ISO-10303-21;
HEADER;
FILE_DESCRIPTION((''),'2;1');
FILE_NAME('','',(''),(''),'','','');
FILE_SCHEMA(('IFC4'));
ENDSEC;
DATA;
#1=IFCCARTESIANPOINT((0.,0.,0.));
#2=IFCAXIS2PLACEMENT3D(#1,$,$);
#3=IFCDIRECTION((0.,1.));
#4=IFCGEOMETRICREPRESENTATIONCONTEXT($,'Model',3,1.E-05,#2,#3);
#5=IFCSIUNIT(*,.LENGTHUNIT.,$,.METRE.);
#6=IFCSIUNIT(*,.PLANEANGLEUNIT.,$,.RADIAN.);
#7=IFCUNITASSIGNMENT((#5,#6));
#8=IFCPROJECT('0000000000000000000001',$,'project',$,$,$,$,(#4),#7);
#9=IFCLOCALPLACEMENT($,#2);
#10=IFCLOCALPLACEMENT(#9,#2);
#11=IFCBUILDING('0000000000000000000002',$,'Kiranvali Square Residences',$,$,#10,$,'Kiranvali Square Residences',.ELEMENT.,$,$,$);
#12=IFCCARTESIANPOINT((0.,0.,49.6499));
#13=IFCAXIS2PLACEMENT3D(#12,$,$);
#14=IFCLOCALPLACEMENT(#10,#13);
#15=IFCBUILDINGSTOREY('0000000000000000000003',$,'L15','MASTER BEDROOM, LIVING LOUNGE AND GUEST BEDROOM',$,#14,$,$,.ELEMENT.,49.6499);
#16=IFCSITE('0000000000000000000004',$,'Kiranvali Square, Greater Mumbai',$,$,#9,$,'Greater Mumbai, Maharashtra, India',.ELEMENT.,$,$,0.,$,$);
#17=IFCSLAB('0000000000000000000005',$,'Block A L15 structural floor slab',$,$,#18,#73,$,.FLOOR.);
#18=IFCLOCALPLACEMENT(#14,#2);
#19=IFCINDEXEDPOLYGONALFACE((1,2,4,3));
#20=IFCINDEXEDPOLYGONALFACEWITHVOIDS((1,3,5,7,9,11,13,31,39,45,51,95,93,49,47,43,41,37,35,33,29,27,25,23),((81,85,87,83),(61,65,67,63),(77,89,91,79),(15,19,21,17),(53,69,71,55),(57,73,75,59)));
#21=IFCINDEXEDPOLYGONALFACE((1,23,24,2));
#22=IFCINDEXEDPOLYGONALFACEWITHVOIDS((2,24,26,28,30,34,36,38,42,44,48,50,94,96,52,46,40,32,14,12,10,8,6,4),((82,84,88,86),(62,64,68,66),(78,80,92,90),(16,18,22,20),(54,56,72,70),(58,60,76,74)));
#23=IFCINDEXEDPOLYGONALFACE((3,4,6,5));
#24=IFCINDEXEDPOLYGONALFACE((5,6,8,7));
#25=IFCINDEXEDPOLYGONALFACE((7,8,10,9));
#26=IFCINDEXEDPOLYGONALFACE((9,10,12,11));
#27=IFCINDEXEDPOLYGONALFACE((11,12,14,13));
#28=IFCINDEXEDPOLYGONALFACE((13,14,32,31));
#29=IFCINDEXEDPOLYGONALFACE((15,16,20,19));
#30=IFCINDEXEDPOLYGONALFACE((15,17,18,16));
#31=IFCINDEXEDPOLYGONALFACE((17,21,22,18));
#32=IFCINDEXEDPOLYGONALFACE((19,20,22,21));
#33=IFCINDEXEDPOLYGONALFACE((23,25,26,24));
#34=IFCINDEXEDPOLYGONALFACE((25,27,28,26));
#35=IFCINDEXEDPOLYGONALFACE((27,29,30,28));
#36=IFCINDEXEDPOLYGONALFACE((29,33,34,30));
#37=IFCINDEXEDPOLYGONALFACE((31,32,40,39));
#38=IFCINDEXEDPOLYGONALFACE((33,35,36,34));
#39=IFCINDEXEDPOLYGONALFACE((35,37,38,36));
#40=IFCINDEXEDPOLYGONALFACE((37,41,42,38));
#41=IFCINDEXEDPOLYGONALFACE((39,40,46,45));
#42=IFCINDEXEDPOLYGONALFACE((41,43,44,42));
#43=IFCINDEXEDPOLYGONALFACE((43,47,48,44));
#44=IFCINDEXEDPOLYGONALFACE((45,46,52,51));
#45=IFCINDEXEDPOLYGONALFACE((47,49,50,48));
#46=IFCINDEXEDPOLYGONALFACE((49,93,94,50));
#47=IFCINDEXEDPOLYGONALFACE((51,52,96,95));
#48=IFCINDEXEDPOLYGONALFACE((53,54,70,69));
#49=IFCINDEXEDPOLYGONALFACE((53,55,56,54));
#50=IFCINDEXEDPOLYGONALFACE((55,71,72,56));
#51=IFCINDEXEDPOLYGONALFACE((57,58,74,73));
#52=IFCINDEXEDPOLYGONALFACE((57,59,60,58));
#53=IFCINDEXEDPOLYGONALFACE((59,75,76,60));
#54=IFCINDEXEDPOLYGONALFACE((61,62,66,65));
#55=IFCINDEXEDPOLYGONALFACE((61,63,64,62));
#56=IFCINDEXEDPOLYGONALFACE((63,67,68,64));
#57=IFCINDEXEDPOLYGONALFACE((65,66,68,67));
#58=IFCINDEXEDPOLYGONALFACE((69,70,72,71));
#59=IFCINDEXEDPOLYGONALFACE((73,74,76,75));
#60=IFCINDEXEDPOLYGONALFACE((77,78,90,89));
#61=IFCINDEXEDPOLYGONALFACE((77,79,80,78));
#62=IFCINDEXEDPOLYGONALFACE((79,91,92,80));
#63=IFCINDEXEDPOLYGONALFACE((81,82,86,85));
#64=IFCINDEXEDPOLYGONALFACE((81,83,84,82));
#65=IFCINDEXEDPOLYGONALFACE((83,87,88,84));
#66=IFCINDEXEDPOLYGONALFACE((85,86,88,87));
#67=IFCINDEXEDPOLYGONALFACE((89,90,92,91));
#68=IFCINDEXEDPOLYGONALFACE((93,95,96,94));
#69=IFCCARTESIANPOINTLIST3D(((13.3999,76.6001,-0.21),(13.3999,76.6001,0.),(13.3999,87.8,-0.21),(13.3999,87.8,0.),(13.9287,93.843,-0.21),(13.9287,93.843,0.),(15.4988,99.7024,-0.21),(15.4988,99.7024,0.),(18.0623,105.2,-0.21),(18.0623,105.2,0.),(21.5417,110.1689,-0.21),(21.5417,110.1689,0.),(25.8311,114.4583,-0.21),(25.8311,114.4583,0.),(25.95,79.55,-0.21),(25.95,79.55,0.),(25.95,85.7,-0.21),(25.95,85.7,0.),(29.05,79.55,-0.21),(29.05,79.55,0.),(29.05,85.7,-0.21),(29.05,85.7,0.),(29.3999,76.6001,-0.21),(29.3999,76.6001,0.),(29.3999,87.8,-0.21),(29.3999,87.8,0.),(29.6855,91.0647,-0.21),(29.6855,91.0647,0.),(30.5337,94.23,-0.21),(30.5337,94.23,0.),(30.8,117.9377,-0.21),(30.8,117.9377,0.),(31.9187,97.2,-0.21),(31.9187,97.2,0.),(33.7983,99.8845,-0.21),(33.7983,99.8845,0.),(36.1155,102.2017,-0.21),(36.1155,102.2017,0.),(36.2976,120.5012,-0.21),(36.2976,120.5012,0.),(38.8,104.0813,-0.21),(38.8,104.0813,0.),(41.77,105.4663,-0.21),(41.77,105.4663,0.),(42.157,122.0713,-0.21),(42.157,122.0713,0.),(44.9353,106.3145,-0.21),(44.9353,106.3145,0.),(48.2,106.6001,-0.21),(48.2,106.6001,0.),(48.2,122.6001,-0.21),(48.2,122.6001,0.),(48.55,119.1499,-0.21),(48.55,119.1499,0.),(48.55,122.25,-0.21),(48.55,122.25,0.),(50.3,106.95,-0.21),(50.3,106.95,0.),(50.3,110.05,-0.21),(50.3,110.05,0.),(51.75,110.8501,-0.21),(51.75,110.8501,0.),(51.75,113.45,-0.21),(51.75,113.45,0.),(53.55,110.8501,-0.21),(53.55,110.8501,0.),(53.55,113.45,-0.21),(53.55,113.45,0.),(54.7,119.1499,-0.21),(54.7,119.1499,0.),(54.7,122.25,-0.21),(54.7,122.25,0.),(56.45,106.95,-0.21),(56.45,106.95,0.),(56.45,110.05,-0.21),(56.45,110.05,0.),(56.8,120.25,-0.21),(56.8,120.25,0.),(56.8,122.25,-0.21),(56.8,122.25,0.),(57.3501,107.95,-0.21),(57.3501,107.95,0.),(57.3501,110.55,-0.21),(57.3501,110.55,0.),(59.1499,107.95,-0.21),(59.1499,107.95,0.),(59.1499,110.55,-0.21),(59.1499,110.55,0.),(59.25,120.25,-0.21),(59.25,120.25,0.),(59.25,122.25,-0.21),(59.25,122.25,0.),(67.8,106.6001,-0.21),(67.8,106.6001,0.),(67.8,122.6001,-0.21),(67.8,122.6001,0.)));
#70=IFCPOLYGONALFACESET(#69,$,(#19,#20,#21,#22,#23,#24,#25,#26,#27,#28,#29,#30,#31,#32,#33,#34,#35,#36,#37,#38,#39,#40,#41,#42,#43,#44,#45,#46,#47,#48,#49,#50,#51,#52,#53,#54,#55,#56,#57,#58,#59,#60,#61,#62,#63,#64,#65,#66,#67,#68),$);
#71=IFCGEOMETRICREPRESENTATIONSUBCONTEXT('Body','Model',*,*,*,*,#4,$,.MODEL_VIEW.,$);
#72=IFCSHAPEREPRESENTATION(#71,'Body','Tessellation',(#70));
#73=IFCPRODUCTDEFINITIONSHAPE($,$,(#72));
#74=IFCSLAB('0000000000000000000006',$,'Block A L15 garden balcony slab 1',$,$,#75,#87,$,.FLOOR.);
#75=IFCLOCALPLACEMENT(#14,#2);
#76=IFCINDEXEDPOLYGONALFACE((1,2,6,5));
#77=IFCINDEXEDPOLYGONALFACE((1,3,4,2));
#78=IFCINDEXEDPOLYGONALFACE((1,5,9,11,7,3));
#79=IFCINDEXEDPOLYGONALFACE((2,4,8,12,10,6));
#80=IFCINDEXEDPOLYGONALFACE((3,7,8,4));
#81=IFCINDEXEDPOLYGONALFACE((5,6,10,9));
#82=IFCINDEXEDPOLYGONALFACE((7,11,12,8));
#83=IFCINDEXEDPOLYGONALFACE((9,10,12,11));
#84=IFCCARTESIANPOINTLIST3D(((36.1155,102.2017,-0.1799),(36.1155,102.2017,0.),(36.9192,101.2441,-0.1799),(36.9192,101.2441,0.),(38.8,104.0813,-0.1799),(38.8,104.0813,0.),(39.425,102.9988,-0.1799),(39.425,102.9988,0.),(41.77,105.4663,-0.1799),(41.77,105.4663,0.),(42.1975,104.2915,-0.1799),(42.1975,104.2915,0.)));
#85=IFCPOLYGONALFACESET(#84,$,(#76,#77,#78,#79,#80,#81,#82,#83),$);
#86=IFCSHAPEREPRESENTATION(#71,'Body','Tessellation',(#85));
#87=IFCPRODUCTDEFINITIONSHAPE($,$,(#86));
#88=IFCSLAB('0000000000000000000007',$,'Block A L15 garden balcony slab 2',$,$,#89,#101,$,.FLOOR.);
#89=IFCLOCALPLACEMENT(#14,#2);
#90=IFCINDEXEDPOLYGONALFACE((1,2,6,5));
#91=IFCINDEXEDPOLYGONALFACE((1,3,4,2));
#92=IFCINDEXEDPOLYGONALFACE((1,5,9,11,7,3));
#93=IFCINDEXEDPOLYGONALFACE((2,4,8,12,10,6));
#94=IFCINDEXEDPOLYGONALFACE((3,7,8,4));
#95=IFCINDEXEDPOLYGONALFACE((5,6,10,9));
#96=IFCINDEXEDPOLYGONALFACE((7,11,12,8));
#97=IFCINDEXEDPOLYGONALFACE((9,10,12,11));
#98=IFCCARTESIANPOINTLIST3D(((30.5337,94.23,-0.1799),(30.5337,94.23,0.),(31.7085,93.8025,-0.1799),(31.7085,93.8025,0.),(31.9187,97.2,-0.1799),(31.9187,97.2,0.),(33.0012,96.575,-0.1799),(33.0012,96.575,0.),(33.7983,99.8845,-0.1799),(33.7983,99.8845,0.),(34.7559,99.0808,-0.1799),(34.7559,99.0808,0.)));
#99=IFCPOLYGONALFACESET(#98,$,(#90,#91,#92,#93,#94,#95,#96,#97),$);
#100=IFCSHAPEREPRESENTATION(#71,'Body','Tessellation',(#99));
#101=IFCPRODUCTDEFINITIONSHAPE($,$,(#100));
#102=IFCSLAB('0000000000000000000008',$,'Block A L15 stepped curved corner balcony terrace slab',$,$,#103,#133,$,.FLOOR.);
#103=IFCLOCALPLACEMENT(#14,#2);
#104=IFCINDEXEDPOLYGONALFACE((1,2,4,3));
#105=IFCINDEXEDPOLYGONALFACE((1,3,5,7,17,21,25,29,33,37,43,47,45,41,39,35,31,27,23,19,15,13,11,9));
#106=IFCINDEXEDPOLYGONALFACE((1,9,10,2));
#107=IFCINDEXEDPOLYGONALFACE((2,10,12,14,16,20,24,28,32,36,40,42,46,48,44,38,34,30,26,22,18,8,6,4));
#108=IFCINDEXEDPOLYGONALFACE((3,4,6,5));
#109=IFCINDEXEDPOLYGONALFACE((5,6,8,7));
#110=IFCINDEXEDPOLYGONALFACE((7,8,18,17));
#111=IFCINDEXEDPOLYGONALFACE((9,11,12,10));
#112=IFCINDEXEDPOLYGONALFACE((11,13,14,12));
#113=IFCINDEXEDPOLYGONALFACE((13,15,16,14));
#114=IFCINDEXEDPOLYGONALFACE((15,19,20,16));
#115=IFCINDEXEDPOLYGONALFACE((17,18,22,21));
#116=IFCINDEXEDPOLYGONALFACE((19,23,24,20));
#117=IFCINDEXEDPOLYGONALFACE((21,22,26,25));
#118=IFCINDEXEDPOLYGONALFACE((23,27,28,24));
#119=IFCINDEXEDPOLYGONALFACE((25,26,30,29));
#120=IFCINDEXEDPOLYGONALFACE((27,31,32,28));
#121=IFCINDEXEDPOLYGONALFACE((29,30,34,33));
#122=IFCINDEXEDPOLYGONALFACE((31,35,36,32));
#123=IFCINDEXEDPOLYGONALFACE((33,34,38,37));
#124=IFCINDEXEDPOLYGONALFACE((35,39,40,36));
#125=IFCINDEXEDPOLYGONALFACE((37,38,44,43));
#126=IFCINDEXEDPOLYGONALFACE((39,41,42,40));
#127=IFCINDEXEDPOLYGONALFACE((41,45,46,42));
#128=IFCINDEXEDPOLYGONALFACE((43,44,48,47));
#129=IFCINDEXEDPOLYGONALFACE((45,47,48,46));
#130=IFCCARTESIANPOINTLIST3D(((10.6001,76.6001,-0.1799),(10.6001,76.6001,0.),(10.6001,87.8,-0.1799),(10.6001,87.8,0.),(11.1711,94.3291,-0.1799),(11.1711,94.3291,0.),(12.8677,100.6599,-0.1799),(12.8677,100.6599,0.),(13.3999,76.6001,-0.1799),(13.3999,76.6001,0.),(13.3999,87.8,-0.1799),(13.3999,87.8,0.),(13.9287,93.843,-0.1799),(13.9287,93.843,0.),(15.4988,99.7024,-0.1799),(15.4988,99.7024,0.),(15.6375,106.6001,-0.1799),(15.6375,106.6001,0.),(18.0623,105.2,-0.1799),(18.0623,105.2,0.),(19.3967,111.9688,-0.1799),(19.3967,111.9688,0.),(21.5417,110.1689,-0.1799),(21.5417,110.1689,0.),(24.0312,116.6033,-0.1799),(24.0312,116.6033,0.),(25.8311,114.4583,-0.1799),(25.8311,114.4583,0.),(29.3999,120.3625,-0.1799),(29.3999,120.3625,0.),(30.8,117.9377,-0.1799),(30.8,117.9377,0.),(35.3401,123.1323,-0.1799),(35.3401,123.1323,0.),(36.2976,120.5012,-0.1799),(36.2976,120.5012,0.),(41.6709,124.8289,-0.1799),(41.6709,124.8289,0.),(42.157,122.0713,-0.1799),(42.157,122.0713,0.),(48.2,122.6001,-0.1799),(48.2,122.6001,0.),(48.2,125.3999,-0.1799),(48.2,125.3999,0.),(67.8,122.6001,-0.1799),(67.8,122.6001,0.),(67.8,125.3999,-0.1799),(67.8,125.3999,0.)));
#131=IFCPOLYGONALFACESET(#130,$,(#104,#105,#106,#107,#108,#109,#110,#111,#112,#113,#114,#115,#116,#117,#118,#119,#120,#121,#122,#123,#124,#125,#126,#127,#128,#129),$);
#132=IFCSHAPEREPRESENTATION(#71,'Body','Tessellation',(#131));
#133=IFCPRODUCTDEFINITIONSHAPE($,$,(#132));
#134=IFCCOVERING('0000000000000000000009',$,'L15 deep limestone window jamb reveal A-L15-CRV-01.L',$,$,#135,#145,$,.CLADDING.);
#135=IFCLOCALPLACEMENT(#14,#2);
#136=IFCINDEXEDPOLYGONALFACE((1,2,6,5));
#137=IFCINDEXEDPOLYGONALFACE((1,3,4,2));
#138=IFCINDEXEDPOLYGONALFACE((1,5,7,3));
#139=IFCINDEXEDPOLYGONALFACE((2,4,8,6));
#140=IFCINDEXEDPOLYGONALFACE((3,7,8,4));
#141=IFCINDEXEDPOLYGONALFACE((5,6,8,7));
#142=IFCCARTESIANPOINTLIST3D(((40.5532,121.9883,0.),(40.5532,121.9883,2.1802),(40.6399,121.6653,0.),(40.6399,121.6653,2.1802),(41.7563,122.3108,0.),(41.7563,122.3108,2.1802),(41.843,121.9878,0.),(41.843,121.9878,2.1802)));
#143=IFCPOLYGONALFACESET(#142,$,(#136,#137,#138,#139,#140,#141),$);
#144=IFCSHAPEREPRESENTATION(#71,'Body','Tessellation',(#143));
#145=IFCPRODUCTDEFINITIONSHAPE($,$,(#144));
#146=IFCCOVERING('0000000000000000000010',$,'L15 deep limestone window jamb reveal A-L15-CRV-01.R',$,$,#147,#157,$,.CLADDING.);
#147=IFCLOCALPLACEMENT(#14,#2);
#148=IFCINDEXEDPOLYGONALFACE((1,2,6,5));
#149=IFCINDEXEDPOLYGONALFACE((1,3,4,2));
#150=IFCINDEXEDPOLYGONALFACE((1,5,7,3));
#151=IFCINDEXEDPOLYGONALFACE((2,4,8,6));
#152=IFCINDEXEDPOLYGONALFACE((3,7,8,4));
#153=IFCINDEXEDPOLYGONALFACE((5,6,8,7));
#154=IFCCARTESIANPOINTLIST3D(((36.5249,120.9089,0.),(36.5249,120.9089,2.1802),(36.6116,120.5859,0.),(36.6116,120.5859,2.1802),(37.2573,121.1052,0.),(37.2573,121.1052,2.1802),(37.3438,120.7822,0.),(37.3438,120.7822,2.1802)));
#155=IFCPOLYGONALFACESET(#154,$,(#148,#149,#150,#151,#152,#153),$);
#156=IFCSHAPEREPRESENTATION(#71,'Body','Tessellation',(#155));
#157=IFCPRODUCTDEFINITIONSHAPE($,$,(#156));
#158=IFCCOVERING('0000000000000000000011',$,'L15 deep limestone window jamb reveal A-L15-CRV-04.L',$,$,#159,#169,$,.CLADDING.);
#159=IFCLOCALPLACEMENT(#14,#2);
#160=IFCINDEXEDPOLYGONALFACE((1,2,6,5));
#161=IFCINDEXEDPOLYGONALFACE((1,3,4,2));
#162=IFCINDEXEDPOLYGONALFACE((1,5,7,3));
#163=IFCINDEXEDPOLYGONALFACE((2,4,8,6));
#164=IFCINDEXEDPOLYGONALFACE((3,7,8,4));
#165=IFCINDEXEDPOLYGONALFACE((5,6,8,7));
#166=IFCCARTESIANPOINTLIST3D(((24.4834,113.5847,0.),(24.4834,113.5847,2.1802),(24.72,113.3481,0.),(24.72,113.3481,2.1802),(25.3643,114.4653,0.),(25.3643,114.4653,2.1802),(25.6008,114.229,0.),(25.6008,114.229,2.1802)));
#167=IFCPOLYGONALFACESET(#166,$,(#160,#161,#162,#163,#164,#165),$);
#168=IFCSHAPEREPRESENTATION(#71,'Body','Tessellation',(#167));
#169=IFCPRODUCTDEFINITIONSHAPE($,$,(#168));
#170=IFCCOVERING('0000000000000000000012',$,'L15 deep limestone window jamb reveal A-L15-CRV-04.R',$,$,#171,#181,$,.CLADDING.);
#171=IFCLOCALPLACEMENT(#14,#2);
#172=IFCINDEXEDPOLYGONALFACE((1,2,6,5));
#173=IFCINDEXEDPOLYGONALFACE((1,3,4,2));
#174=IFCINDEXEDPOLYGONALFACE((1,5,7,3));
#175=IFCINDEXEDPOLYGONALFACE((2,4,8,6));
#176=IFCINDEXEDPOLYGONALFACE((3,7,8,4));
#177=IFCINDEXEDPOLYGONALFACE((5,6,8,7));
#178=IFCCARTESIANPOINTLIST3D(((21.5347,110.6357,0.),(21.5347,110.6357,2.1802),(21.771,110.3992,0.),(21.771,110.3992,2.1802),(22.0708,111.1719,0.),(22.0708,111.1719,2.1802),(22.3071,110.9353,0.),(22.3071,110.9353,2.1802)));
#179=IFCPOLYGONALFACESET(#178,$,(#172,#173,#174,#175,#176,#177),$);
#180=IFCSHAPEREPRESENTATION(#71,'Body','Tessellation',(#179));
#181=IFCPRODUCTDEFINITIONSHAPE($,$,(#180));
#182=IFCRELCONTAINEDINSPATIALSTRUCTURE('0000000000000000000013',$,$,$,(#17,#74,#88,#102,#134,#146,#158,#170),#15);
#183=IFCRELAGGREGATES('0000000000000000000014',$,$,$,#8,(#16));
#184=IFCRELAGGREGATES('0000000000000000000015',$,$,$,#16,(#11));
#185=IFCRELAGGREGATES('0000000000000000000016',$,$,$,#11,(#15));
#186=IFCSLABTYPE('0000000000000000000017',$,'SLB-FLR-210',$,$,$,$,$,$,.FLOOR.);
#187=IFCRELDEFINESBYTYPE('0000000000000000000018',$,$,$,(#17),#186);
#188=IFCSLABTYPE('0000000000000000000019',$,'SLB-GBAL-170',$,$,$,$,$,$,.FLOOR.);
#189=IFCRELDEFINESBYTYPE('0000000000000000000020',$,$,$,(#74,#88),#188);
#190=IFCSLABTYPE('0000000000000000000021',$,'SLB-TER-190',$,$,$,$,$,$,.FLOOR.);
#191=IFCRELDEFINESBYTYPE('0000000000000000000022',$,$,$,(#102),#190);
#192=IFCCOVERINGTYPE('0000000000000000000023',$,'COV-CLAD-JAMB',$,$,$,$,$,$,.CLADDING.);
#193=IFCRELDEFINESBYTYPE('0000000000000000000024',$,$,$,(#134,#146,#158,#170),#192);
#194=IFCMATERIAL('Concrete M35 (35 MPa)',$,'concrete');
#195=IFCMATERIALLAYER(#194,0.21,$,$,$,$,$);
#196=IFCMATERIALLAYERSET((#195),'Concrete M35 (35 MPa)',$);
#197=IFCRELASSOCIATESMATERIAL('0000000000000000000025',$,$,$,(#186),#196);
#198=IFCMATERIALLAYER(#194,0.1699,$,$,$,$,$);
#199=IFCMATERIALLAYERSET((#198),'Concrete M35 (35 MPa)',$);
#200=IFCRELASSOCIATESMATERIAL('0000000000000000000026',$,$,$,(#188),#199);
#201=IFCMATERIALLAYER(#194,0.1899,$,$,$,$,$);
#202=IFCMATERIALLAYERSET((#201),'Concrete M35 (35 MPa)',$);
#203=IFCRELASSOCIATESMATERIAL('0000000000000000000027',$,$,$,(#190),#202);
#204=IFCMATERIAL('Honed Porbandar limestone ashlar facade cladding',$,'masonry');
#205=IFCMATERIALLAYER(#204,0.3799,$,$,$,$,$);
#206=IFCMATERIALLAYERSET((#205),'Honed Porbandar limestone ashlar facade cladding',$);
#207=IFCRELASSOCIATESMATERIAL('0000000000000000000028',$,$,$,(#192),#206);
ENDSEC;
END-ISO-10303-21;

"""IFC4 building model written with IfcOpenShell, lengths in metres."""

from ifc_helpers import new_model, si_unit, direction, frame, origin, place, context, subcontext, project, spatial, polyline, outline, extrude, material, layer, layer_set, type_object, element, save


model = new_model("IFC4")

# Units and contexts
model_context = context("Model", 3, precision=1e-05, world=origin(), true_north=direction((0.0, 1.0)))
body_context = subcontext(model_context, "Body", "Model", "MODEL_VIEW")
ifc_project = project(units=[si_unit("LENGTHUNIT", "METRE"), si_unit("PLANEANGLEUNIT", "RADIAN")], contexts=[model_context])

# Site, building, storey
site_placement = place(None, origin())
site = spatial("IfcSite", under=ifc_project, at=site_placement, Name="Kiranvali Square, Greater Mumbai", LongName="Greater Mumbai, Maharashtra, India", CompositionType="ELEMENT", RefElevation=0.0)
building_placement = place(site_placement, origin())
building = spatial("IfcBuilding", under=site, at=building_placement, Name="Kiranvali Square Residences", LongName="Kiranvali Square Residences", CompositionType="ELEMENT")
storey_placement = place(building_placement, frame((0.0, 0.0, 49.6499)))
storey = spatial("IfcBuildingStorey", under=building, at=storey_placement, Name="L15", Description="MASTER BEDROOM, LIVING LOUNGE AND GUEST BEDROOM", CompositionType="ELEMENT", Elevation=49.6499)

# Slabs
ifc_material_1 = material(Name="Concrete M35 (35 MPa)", Category="concrete")
ifc_layer_1 = layer(ifc_material_1, 0.21)
ifc_layer_set_1 = layer_set([ifc_layer_1], Name="Concrete M35 (35 MPa)")
slab_type_1 = type_object("IfcSlabType", Name="SLB-FLR-210", PredefinedType="FLOOR", material=ifc_layer_set_1)
slab_1_placement = place(storey_placement, frame((0.0, 0.0, -0.21)))
element("IfcSlab", 1, at=slab_1_placement, inside=storey, type_object=slab_type_1, Name="Block A L15 structural floor slab", PredefinedType="FLOOR", context=body_context, shape_type="SweptSolid", body=[
    extrude(outline(polyline([(67.8, 106.6001), (67.8, 122.6001), (48.2, 122.6001), (42.157, 122.0713), (36.2976, 120.5012), (30.8, 117.9377), (25.8311, 114.4583), (21.5417, 110.1689), (18.0623, 105.2), (15.4988, 99.7024), (13.9287, 93.843), (13.3999, 87.8), (13.3999, 76.6001), (29.3999, 76.6001), (29.3999, 87.8), (29.6855, 91.0647), (30.5337, 94.23), (31.9187, 97.2), (33.7983, 99.8845), (36.1155, 102.2017), (38.8, 104.0813), (41.77, 105.4663), (44.9353, 106.3145), (48.2, 106.6001), (67.8, 106.6001)]), holes=[polyline([(56.8, 120.25), (59.25, 120.25), (59.25, 122.25), (56.8, 122.25), (56.8, 120.25)]), polyline([(57.3501, 107.95), (59.1499, 107.95), (59.1499, 110.55), (57.3501, 110.55), (57.3501, 107.95)]), polyline([(51.75, 110.8501), (53.55, 110.8501), (53.55, 113.45), (51.75, 113.45), (51.75, 110.8501)]), polyline([(54.7, 122.25), (48.55, 122.25), (48.55, 119.1499), (54.7, 119.1499), (54.7, 122.25)]), polyline([(50.3, 106.95), (56.45, 106.95), (56.45, 110.05), (50.3, 110.05), (50.3, 106.95)]), polyline([(25.95, 85.7), (25.95, 79.55), (29.05, 79.55), (29.05, 85.7), (25.95, 85.7)])]), origin(), (0.0, 0.0, 1.0), 0.21),
])
ifc_layer_2 = layer(ifc_material_1, 0.1699)
ifc_layer_set_2 = layer_set([ifc_layer_2], Name="Concrete M35 (35 MPa)")
slab_type_2 = type_object("IfcSlabType", Name="SLB-GBAL-170", PredefinedType="FLOOR", material=ifc_layer_set_2)
slab_2_placement = place(storey_placement, frame((0.0, 0.0, -0.1799)))
element("IfcSlab", 2, at=slab_2_placement, inside=storey, type_object=slab_type_2, Name="Block A L15 garden balcony slab 1", PredefinedType="FLOOR", context=body_context, shape_type="SweptSolid", body=[
    extrude(outline(polyline([(41.77, 105.4663), (38.8, 104.0813), (36.1155, 102.2017), (36.9192, 101.2441), (39.425, 102.9988), (42.1975, 104.2915), (41.77, 105.4663)])), origin(), (0.0, 0.0, 1.0), 0.1799),
])
slab_3_placement = place(storey_placement, frame((0.0, 0.0, -0.1799)))
element("IfcSlab", 3, at=slab_3_placement, inside=storey, type_object=slab_type_2, Name="Block A L15 garden balcony slab 2", PredefinedType="FLOOR", context=body_context, shape_type="SweptSolid", body=[
    extrude(outline(polyline([(33.7983, 99.8845), (31.9187, 97.2), (30.5337, 94.23), (31.7085, 93.8025), (33.0012, 96.575), (34.7559, 99.0808), (33.7983, 99.8845)])), origin(), (0.0, 0.0, 1.0), 0.1799),
])
ifc_layer_3 = layer(ifc_material_1, 0.1899)
ifc_layer_set_3 = layer_set([ifc_layer_3], Name="Concrete M35 (35 MPa)")
slab_type_3 = type_object("IfcSlabType", Name="SLB-TER-190", PredefinedType="FLOOR", material=ifc_layer_set_3)
slab_4_placement = place(storey_placement, frame((0.0, 0.0, -0.1799)))
element("IfcSlab", 4, at=slab_4_placement, inside=storey, type_object=slab_type_3, Name="Block A L15 stepped curved corner balcony terrace slab", PredefinedType="FLOOR", context=body_context, shape_type="SweptSolid", body=[
    extrude(outline(polyline([(67.8, 125.3999), (48.2, 125.3999), (41.6709, 124.8289), (35.3401, 123.1323), (29.3999, 120.3625), (24.0312, 116.6033), (19.3967, 111.9688), (15.6375, 106.6001), (12.8677, 100.6599), (11.1711, 94.3291), (10.6001, 87.8), (10.6001, 76.6001), (13.3999, 76.6001), (13.3999, 87.8), (13.9287, 93.843), (15.4988, 99.7024), (18.0623, 105.2), (21.5417, 110.1689), (25.8311, 114.4583), (30.8, 117.9377), (36.2976, 120.5012), (42.157, 122.0713), (48.2, 122.6001), (67.8, 122.6001), (67.8, 125.3999)])), origin(), (0.0, 0.0, 1.0), 0.1799),
])

# Coverings
ifc_material_2 = material(Name="Honed Porbandar limestone ashlar facade cladding", Category="masonry")
ifc_layer_4 = layer(ifc_material_2, 0.3799)
ifc_layer_set_4 = layer_set([ifc_layer_4], Name="Honed Porbandar limestone ashlar facade cladding")
covering_type_1 = type_object("IfcCoveringType", Name="COV-CLAD-JAMB", PredefinedType="CLADDING", material=ifc_layer_set_4)
covering_1_placement = place(storey_placement, origin())
element("IfcCovering", 5, at=covering_1_placement, inside=storey, type_object=covering_type_1, Name="L15 deep limestone window jamb reveal A-L15-CRV-01.L", PredefinedType="CLADDING", context=body_context, shape_type="SweptSolid", body=[
    extrude(outline(polyline([(41.7563, 122.3108), (40.5532, 121.9883), (40.6399, 121.6653), (41.843, 121.9878), (41.7563, 122.3108)])), origin(), (0.0, 0.0, 1.0), 2.1802),
])
covering_2_placement = place(storey_placement, origin())
element("IfcCovering", 6, at=covering_2_placement, inside=storey, type_object=covering_type_1, Name="L15 deep limestone window jamb reveal A-L15-CRV-01.R", PredefinedType="CLADDING", context=body_context, shape_type="SweptSolid", body=[
    extrude(outline(polyline([(37.2573, 121.1052), (36.5249, 120.9089), (36.6116, 120.5859), (37.3438, 120.7822), (37.2573, 121.1052)])), origin(), (0.0, 0.0, 1.0), 2.1802),
])
covering_3_placement = place(storey_placement, origin())
element("IfcCovering", 7, at=covering_3_placement, inside=storey, type_object=covering_type_1, Name="L15 deep limestone window jamb reveal A-L15-CRV-04.L", PredefinedType="CLADDING", context=body_context, shape_type="SweptSolid", body=[
    extrude(outline(polyline([(25.3643, 114.4653), (24.4834, 113.5847), (24.72, 113.3481), (25.6008, 114.229), (25.3643, 114.4653)])), origin(), (0.0, 0.0, 1.0), 2.1802),
])
covering_4_placement = place(storey_placement, origin())
element("IfcCovering", 8, at=covering_4_placement, inside=storey, type_object=covering_type_1, Name="L15 deep limestone window jamb reveal A-L15-CRV-04.R", PredefinedType="CLADDING", context=body_context, shape_type="SweptSolid", body=[
    extrude(outline(polyline([(22.0708, 111.1719), (21.5347, 110.6357), (21.771, 110.3992), (22.3071, 110.9353), (22.0708, 111.1719)])), origin(), (0.0, 0.0, 1.0), 2.1802),
])

save(model, "model.ifc")
